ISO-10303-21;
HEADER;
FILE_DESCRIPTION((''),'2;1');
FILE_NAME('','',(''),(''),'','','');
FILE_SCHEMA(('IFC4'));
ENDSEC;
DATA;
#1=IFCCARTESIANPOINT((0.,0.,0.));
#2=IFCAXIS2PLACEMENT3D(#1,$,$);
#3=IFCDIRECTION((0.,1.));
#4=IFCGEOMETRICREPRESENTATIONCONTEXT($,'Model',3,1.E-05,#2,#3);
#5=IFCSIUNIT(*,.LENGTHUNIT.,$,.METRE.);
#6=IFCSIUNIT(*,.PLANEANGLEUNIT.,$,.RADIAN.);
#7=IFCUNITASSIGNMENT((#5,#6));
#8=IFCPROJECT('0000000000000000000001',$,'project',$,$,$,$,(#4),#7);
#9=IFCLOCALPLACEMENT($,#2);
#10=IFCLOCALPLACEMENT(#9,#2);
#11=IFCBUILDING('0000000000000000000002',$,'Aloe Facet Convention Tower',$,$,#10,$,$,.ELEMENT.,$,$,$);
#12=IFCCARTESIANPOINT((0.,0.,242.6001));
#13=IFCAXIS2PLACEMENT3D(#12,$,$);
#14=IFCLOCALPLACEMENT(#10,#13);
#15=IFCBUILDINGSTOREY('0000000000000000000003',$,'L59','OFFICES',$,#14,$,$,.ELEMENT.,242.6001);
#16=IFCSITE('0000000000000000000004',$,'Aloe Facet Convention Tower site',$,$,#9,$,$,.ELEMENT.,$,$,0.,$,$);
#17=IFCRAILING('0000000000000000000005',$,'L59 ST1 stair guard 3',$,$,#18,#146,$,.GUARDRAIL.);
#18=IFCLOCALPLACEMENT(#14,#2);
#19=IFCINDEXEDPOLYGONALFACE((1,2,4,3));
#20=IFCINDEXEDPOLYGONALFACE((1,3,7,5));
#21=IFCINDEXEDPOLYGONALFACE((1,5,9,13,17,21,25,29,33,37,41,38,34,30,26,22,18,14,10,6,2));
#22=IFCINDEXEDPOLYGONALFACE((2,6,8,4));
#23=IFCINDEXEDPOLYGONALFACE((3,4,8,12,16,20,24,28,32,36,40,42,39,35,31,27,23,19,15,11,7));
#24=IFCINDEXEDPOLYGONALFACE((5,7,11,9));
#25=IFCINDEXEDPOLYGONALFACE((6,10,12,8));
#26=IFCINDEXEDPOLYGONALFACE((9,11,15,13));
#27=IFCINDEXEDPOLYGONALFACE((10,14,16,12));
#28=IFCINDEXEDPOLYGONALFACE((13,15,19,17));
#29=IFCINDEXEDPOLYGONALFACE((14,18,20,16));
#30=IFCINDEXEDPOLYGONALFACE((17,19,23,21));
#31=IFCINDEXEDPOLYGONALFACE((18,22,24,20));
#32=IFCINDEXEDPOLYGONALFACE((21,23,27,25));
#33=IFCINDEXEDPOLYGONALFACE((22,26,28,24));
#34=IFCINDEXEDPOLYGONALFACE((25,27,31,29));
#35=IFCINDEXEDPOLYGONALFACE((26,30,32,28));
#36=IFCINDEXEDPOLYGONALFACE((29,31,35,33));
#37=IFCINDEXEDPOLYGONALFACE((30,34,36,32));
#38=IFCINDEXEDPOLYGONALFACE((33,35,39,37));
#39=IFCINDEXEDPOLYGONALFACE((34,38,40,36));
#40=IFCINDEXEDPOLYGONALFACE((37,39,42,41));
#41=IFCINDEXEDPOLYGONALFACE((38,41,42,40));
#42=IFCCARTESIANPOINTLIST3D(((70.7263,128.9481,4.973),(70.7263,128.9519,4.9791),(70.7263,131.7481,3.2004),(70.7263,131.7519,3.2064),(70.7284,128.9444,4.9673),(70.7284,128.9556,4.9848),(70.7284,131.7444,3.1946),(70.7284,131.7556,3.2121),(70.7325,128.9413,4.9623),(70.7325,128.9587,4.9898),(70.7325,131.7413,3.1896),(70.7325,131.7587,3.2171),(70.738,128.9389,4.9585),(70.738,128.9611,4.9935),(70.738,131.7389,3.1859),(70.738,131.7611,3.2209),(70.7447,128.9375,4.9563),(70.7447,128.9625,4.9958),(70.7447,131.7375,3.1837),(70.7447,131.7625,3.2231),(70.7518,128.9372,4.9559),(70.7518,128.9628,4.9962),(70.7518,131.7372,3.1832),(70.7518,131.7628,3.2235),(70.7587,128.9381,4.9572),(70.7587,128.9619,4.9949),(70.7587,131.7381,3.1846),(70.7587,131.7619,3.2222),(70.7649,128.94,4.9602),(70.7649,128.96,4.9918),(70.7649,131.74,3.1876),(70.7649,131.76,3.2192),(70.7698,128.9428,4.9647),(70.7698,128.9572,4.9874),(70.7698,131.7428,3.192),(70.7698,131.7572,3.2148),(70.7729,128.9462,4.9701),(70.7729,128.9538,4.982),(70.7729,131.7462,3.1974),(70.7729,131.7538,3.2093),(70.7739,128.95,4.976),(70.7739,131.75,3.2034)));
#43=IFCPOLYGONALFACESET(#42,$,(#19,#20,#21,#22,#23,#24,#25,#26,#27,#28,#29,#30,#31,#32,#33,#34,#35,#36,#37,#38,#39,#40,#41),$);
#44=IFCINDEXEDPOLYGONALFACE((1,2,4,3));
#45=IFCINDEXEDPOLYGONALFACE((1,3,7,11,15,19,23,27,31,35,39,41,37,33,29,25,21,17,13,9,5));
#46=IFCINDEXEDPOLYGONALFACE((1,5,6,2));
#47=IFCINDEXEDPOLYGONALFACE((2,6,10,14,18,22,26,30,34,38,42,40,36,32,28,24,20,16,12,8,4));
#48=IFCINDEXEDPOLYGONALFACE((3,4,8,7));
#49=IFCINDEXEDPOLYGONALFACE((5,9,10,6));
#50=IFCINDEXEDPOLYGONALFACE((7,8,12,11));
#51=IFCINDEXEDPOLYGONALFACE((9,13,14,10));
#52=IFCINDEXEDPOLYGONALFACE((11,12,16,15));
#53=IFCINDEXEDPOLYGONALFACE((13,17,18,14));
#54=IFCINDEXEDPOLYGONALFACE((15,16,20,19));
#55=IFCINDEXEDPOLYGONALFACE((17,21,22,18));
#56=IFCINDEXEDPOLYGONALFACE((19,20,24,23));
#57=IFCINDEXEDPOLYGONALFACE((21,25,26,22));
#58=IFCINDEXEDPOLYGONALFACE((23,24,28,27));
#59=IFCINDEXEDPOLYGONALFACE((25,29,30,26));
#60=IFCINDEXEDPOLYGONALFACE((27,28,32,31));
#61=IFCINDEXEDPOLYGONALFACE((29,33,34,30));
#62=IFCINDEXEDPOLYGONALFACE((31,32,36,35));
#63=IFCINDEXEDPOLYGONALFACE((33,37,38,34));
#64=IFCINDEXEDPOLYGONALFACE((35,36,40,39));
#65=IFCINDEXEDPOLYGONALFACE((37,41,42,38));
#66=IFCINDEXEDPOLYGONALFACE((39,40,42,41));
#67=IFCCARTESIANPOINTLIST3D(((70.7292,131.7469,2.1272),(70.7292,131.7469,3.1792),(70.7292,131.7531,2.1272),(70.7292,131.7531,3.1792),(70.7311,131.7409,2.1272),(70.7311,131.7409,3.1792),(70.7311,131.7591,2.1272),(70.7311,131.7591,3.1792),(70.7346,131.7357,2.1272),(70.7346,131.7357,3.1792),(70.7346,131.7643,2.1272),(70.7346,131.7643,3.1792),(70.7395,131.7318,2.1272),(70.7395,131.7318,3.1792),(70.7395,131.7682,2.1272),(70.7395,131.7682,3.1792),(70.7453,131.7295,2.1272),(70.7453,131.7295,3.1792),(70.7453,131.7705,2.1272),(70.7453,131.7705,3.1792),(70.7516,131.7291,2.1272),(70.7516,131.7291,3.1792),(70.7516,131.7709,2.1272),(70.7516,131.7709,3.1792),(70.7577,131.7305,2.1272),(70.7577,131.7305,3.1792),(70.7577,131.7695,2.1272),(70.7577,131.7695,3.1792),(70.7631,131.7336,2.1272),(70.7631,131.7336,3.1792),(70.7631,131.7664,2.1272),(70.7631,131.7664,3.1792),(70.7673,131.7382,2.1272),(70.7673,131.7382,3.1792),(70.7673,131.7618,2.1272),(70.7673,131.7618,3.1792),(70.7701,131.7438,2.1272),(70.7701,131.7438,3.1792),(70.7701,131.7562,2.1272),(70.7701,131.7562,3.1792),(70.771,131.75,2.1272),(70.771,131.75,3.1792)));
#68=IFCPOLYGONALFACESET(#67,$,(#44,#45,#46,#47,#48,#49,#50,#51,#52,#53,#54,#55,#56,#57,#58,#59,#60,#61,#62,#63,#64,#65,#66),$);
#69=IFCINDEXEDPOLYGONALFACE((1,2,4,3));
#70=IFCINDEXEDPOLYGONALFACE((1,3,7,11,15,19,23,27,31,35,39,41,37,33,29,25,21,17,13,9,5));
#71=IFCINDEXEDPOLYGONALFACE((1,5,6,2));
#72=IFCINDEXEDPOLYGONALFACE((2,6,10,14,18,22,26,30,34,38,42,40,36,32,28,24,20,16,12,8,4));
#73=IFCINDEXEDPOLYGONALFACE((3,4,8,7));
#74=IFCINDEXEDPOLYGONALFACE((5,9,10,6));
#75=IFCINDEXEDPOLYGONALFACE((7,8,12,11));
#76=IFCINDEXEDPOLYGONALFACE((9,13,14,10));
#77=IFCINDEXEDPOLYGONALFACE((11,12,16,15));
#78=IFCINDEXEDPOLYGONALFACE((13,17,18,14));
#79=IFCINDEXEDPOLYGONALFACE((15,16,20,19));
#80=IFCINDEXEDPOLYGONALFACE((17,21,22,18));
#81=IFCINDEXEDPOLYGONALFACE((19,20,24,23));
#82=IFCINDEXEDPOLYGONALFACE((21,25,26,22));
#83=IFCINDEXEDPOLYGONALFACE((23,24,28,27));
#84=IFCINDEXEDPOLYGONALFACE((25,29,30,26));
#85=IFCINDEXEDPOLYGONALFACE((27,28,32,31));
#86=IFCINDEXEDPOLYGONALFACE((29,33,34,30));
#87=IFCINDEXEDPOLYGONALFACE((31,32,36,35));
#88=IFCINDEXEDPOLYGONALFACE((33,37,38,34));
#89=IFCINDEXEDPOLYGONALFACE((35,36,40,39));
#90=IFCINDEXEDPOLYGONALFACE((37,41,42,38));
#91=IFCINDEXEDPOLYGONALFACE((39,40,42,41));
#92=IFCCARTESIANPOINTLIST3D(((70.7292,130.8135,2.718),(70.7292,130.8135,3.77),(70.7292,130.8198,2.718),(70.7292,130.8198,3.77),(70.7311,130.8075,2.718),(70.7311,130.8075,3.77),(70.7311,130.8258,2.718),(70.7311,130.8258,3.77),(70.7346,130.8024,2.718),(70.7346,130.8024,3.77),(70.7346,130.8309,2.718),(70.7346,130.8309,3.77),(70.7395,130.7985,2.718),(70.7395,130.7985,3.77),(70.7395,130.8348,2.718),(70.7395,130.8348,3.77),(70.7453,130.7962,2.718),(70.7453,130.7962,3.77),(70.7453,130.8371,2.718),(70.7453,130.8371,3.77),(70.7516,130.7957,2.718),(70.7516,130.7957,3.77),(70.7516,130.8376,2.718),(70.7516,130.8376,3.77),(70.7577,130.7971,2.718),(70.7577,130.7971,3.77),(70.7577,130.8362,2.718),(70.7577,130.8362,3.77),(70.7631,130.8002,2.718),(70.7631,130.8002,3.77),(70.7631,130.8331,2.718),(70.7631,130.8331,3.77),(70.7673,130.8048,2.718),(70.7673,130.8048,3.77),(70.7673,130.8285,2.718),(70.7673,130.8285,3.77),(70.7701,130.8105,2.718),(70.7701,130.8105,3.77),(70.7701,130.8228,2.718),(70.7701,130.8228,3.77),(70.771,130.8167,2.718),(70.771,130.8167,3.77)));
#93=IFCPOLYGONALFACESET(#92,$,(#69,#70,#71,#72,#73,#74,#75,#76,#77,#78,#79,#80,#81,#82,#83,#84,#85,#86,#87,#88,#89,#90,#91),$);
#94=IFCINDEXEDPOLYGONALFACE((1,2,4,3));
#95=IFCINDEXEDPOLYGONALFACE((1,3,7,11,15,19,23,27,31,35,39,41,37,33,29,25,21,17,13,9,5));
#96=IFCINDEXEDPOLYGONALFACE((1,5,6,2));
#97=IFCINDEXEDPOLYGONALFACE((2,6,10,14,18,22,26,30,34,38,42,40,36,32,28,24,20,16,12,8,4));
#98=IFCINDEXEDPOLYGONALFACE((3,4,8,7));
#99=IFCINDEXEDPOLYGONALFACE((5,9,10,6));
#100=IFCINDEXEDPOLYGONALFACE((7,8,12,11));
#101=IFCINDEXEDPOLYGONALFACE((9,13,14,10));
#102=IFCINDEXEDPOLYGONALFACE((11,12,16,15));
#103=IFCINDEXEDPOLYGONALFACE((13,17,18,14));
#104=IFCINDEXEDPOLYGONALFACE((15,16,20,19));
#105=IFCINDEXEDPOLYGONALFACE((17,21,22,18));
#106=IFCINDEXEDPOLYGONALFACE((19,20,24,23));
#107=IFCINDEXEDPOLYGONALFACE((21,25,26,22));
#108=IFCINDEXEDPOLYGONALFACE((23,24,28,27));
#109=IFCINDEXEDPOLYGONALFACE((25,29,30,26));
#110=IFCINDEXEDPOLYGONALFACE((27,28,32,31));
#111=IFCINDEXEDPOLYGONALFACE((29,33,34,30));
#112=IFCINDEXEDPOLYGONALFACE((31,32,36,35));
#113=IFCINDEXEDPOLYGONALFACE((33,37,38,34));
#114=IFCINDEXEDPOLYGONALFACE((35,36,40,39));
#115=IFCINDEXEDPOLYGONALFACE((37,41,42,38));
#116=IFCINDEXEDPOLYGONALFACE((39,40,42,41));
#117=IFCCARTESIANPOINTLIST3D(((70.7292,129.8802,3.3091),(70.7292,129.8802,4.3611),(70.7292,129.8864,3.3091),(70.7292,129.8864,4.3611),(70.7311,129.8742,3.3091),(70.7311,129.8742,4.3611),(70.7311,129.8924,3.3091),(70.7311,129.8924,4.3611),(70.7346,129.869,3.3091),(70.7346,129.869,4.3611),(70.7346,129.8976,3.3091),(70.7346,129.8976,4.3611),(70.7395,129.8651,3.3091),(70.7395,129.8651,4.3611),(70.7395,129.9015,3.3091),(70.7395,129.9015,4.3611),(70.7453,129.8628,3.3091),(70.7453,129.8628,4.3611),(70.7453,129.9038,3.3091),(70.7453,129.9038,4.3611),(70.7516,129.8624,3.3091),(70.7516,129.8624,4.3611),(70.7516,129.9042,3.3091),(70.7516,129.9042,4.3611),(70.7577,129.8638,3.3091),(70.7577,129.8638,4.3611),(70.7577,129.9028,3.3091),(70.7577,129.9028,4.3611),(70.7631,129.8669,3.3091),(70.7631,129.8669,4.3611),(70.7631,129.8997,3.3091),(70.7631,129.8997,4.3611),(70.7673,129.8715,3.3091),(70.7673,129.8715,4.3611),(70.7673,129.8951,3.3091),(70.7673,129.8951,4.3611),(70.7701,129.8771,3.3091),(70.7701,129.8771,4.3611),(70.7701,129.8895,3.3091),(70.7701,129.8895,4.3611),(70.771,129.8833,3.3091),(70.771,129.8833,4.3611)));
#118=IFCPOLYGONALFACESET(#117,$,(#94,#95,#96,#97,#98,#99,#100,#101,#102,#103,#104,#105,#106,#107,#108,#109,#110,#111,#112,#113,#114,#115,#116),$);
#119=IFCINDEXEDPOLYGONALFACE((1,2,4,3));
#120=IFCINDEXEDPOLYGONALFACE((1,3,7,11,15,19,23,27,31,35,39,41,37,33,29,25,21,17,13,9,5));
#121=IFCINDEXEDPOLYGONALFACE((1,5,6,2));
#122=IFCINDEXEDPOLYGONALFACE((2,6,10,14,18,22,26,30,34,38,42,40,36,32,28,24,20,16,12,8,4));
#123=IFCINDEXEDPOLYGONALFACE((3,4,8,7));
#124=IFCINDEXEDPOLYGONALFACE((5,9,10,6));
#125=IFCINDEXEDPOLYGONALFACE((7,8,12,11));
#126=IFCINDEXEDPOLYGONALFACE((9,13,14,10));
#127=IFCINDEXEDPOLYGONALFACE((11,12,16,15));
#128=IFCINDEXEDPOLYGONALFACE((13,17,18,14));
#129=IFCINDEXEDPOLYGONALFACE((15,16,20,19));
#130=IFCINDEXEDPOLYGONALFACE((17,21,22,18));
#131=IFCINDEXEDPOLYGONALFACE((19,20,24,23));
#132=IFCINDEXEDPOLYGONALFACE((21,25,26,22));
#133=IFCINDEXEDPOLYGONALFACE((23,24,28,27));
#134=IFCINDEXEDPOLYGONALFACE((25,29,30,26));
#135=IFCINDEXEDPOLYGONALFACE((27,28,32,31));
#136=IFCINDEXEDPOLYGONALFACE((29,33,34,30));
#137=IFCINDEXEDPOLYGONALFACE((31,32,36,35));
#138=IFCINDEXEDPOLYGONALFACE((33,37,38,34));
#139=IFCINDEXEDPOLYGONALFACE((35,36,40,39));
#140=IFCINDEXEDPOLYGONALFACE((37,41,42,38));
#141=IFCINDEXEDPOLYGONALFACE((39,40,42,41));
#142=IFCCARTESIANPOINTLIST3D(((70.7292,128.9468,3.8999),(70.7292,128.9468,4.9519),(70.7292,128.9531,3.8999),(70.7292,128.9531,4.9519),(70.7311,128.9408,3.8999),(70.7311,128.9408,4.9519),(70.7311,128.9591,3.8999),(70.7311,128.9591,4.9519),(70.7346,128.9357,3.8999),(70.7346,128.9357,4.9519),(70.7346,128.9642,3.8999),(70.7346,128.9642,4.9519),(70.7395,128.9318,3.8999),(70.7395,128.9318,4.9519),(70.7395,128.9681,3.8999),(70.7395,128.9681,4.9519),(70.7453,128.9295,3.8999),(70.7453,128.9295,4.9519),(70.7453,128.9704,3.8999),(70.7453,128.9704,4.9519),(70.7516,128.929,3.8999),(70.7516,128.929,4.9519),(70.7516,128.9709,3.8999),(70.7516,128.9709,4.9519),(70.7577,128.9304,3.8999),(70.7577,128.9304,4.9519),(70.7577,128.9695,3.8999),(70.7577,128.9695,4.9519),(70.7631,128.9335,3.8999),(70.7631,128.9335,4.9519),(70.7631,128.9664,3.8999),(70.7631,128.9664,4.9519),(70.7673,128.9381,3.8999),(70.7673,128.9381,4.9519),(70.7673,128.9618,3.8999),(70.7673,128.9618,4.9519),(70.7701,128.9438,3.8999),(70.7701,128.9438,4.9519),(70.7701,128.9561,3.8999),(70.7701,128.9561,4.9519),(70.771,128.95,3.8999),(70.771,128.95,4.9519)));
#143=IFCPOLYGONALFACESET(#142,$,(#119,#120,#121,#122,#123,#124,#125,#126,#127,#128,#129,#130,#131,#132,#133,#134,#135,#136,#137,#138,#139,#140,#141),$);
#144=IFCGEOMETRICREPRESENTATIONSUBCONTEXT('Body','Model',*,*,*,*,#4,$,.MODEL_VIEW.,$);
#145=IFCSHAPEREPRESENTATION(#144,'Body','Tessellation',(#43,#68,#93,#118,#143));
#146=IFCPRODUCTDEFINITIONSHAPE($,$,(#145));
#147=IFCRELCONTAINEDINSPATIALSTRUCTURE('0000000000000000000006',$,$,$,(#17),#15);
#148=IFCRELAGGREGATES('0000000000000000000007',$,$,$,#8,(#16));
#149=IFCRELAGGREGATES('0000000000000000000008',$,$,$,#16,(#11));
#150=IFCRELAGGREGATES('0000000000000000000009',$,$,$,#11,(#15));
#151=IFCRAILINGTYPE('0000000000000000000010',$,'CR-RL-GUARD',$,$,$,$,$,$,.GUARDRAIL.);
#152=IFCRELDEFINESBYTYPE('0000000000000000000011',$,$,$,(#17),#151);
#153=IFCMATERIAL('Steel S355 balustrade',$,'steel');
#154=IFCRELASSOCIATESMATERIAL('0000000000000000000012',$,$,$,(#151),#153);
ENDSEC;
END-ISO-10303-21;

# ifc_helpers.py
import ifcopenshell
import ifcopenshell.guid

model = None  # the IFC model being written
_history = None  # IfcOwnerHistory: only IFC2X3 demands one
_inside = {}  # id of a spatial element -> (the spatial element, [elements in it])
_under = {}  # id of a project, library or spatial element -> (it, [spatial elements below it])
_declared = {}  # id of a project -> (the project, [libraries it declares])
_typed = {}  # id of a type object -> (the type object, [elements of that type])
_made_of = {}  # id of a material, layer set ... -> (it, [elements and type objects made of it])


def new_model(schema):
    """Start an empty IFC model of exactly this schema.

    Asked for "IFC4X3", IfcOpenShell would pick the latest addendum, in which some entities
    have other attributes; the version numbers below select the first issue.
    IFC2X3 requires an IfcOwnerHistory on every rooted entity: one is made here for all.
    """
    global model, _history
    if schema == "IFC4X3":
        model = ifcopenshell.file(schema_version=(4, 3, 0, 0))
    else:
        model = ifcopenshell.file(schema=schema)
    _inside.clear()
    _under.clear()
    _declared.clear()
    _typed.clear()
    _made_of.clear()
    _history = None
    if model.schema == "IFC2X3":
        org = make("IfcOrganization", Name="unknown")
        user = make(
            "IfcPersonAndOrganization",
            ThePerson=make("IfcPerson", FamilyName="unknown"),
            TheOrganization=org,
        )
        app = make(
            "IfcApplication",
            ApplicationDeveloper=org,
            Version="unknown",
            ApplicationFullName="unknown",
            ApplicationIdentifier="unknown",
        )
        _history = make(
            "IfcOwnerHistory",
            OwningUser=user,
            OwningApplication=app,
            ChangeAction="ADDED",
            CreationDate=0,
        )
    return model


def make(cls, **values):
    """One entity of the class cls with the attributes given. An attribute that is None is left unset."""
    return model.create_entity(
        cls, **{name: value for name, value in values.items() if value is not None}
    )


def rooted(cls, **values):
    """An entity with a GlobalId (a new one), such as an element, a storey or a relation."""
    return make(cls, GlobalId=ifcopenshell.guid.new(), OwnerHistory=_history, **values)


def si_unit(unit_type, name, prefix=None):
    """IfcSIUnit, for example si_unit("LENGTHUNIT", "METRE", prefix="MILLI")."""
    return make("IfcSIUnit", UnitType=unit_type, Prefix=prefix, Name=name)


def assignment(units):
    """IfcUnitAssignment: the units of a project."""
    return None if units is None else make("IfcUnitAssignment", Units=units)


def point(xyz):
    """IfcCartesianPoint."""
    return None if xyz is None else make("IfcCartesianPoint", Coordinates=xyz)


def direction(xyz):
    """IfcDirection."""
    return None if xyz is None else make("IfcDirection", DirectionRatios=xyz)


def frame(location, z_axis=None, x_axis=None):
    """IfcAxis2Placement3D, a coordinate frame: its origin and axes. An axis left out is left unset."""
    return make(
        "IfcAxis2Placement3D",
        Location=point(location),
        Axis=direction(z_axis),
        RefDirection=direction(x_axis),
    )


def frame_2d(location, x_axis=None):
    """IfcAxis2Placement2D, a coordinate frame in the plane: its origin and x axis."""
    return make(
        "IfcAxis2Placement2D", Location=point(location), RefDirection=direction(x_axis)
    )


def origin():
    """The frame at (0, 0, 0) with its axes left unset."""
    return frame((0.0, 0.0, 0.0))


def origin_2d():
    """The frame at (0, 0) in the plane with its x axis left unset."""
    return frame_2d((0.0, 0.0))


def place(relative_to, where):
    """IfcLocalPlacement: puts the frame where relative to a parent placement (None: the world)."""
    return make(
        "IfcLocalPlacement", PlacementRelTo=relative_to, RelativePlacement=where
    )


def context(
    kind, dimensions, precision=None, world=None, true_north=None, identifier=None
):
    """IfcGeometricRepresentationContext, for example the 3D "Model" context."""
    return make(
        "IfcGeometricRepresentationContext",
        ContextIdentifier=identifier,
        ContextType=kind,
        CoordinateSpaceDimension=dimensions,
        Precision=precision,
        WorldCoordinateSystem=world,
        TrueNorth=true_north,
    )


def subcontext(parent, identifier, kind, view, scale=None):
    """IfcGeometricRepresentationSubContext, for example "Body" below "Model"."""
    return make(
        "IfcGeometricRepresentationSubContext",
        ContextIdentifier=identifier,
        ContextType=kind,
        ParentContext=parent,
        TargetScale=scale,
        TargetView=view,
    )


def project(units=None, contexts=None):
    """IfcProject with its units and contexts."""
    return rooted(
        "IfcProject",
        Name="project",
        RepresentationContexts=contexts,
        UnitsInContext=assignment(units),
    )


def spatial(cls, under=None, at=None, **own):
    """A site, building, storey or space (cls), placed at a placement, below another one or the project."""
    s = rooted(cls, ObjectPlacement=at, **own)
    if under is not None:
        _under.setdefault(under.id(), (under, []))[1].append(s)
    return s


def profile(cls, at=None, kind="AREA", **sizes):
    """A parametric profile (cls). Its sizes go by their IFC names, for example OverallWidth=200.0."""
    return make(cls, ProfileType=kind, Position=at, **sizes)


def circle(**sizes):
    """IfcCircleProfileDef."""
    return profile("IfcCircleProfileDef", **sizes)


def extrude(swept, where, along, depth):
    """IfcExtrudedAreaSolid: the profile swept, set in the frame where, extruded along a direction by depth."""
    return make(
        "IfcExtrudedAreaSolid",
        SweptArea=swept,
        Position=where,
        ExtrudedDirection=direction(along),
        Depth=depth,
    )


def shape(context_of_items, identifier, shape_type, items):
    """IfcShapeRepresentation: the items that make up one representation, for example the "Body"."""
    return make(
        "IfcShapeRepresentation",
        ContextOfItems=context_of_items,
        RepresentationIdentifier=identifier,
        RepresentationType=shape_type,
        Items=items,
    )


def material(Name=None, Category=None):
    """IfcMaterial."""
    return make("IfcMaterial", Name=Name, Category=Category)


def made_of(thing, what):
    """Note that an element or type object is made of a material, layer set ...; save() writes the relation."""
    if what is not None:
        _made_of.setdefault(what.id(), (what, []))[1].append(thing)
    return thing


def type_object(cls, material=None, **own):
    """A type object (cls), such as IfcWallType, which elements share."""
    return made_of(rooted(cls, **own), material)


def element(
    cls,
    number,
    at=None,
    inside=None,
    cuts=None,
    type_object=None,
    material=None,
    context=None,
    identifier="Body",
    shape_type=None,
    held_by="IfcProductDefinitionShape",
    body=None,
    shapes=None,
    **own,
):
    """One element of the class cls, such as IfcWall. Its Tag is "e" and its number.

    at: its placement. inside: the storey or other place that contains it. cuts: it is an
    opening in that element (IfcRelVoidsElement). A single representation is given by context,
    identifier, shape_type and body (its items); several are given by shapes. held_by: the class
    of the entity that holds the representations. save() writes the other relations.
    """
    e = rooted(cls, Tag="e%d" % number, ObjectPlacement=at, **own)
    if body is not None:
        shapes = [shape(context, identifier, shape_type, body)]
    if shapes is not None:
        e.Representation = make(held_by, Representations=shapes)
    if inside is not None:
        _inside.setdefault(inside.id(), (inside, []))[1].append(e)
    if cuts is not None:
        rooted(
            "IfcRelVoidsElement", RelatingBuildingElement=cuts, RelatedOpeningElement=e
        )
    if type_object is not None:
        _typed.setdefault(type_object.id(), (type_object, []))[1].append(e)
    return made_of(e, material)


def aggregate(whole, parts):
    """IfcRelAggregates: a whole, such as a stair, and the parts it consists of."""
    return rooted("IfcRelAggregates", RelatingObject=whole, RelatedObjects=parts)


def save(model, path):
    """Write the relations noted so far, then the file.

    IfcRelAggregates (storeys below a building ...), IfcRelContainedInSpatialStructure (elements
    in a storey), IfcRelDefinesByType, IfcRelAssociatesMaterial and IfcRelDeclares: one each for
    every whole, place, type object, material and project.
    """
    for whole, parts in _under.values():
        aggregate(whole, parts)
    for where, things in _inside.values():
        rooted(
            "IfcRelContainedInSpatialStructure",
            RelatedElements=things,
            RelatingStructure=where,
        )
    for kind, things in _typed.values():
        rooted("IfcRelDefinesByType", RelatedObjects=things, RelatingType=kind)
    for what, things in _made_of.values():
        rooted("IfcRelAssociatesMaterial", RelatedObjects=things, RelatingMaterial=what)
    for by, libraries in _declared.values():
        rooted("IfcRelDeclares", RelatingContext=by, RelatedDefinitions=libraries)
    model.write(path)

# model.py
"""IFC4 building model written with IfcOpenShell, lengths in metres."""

from ifc_helpers import new_model, si_unit, direction, frame, origin, origin_2d, place, context, subcontext, project, spatial, circle, extrude, material, type_object, element, save


model = new_model("IFC4")

# Units and contexts
model_context = context("Model", 3, precision=1e-05, world=origin(), true_north=direction((0.0, 1.0)))
body_context = subcontext(model_context, "Body", "Model", "MODEL_VIEW")
ifc_project = project(units=[si_unit("LENGTHUNIT", "METRE"), si_unit("PLANEANGLEUNIT", "RADIAN")], contexts=[model_context])

# Site, building, storey
site_placement = place(None, origin())
site = spatial("IfcSite", under=ifc_project, at=site_placement, Name="Aloe Facet Convention Tower site", CompositionType="ELEMENT", RefElevation=0.0)
building_placement = place(site_placement, origin())
building = spatial("IfcBuilding", under=site, at=building_placement, Name="Aloe Facet Convention Tower", CompositionType="ELEMENT")
storey_placement = place(building_placement, frame((0.0, 0.0, 242.6001)))
storey = spatial("IfcBuildingStorey", under=building, at=storey_placement, Name="L59", Description="OFFICES", CompositionType="ELEMENT", Elevation=242.6001)

# Railing
ifc_material_1 = material(Name="Steel S355 balustrade", Category="steel")
railing_type_1 = type_object("IfcRailingType", Name="CR-RL-GUARD", PredefinedType="GUARDRAIL", material=ifc_material_1)
railing_1_placement = place(storey_placement, frame((70.75, 131.75, 2.1272)))
element("IfcRailing", 1, at=railing_1_placement, inside=storey, type_object=railing_type_1, Name="L59 ST1 stair guard 3", PredefinedType="GUARDRAIL", context=body_context, shape_type="SweptSolid", body=[
    extrude(circle(Radius=0.0239, at=origin_2d()), frame((0.0, 0.0, 1.0762), z_axis=(0.0, -0.844909, 0.53491), x_axis=(1.0, 0.0, 0.0)), (0.0, 0.0, 1.0), 3.314),
    extrude(circle(Radius=0.021, at=origin_2d()), origin(), (0.0, 0.0, 1.0), 1.052),
    extrude(circle(Radius=0.021, at=origin_2d()), frame((0.0, -0.9333, 0.5908)), (0.0, 0.0, 1.0), 1.052),
    extrude(circle(Radius=0.021, at=origin_2d()), frame((0.0, -1.8667, 1.1819)), (0.0, 0.0, 1.0), 1.052),
    extrude(circle(Radius=0.021, at=origin_2d()), frame((0.0, -2.8, 1.7727)), (0.0, 0.0, 1.0), 1.052),
])

save(model, "model.ifc")
